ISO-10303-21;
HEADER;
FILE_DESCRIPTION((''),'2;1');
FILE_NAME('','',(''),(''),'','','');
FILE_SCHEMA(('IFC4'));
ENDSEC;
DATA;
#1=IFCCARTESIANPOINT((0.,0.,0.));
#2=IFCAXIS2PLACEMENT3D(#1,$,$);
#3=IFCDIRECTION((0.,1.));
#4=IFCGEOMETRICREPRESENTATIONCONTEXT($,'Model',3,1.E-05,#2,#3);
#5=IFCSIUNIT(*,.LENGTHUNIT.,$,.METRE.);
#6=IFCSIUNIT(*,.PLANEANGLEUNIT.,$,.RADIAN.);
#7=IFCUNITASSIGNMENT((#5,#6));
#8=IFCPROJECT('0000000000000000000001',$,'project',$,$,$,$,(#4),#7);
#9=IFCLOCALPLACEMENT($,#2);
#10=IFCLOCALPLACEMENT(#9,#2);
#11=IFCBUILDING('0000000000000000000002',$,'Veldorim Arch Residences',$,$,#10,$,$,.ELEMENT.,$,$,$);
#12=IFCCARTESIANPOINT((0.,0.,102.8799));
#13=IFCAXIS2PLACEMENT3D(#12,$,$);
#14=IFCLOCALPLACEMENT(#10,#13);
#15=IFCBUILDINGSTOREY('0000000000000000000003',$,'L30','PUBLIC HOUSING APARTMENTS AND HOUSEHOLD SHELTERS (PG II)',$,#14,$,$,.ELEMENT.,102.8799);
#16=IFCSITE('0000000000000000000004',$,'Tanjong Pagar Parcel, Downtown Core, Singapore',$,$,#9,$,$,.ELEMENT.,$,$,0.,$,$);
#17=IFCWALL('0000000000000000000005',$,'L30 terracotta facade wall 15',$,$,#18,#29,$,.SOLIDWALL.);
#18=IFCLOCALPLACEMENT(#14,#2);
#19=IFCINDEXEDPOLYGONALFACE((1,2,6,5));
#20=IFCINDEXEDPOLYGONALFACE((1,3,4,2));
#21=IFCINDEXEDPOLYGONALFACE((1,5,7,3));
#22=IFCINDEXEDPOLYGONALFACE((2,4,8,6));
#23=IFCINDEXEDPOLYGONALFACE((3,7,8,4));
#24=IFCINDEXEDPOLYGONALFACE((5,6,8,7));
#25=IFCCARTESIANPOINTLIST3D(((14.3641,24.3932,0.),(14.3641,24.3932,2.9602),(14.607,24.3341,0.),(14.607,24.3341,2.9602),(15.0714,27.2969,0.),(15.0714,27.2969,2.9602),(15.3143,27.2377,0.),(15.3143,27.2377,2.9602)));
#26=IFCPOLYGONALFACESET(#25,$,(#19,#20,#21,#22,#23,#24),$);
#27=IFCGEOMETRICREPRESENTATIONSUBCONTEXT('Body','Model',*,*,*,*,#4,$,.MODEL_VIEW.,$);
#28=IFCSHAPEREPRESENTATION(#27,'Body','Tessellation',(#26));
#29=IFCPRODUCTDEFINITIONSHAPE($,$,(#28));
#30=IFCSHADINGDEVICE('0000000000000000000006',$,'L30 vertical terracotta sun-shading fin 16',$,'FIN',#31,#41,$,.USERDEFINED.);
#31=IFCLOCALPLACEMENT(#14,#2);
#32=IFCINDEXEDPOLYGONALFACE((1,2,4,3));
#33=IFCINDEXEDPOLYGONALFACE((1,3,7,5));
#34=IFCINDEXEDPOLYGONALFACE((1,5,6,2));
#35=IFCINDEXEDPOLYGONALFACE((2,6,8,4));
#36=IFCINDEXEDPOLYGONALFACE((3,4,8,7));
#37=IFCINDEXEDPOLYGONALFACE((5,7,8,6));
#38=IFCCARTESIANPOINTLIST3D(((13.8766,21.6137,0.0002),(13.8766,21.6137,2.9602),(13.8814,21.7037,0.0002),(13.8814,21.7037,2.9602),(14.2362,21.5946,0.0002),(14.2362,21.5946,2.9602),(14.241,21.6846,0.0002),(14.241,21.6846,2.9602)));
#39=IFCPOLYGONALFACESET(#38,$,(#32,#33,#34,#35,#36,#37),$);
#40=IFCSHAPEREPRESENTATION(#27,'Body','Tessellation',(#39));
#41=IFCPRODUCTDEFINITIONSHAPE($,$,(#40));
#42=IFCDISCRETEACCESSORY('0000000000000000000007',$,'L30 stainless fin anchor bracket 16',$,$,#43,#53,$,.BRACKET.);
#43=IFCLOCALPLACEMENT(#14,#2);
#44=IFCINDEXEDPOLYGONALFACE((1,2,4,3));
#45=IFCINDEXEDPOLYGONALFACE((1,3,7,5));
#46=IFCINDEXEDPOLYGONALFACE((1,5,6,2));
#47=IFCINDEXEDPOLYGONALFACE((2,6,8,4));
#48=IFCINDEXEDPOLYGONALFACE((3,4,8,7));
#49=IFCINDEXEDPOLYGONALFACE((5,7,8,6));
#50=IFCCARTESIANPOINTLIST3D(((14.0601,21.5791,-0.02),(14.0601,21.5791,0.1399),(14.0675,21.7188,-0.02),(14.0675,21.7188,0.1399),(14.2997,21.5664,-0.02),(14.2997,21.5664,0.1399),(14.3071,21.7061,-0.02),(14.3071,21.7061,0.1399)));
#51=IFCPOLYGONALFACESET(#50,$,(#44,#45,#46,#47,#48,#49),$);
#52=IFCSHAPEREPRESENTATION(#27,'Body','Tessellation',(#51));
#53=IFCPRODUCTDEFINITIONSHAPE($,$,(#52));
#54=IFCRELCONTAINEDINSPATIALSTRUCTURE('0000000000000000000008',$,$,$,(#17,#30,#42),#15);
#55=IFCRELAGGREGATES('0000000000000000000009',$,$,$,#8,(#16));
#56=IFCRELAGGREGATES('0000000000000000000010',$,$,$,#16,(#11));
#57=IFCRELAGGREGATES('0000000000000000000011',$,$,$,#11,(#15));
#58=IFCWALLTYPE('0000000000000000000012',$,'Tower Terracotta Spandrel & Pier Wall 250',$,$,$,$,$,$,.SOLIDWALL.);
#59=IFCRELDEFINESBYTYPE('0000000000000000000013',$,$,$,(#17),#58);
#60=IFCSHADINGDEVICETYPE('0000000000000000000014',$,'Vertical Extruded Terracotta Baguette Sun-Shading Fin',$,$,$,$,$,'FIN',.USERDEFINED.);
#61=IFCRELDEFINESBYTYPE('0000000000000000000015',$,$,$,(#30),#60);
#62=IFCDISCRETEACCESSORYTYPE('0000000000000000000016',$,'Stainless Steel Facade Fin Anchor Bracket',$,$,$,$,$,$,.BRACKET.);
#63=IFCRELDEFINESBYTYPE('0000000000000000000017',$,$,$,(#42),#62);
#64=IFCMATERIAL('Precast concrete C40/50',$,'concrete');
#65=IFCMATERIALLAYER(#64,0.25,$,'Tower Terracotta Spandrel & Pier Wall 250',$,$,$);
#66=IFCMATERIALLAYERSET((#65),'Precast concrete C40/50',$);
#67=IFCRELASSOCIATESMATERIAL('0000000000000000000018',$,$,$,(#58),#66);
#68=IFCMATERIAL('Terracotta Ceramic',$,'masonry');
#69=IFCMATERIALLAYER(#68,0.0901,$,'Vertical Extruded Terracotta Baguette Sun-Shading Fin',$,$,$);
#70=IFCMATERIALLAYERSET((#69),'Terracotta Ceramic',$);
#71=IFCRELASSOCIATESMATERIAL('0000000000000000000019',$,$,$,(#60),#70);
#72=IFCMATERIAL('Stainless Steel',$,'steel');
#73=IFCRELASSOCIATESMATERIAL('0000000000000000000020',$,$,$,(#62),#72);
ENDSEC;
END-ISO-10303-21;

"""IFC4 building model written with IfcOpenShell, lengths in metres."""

from ifc_helpers import new_model, si_unit, direction, frame, frame_2d, origin, origin_2d, place, context, subcontext, project, spatial, rectangle, extrude, material, layer, layer_set, type_object, element, save


model = new_model("IFC4")

# Units and contexts
model_context = context("Model", 3, precision=1e-05, world=origin(), true_north=direction((0.0, 1.0)))
body_context = subcontext(model_context, "Body", "Model", "MODEL_VIEW")
ifc_project = project(units=[si_unit("LENGTHUNIT", "METRE"), si_unit("PLANEANGLEUNIT", "RADIAN")], contexts=[model_context])

# Site, building, storey
site_placement = place(None, origin())
site = spatial("IfcSite", under=ifc_project, at=site_placement, Name="Tanjong Pagar Parcel, Downtown Core, Singapore", CompositionType="ELEMENT", RefElevation=0.0)
building_placement = place(site_placement, origin())
building = spatial("IfcBuilding", under=site, at=building_placement, Name="Veldorim Arch Residences", CompositionType="ELEMENT")
storey_placement = place(building_placement, frame((0.0, 0.0, 102.8799)))
storey = spatial("IfcBuildingStorey", under=building, at=storey_placement, Name="L30", Description="PUBLIC HOUSING APARTMENTS AND HOUSEHOLD SHELTERS (PG II)", CompositionType="ELEMENT", Elevation=102.8799)

# Shared definitions
ifc_material_1 = material(Name="Precast concrete C40/50", Category="concrete")
ifc_layer_1 = layer(ifc_material_1, 0.25, Name="Tower Terracotta Spandrel & Pier Wall 250")
ifc_layer_set_1 = layer_set([ifc_layer_1], Name="Precast concrete C40/50")
wall_type_1 = type_object("IfcWallType", Name="Tower Terracotta Spandrel & Pier Wall 250", PredefinedType="SOLIDWALL", material=ifc_layer_set_1)

# Wall
wall_1_placement = place(storey_placement, frame((14.4856, 24.3638, 0.0), z_axis=(0.0, 0.0, 1.0), x_axis=(0.236668, 0.97159, 0.0)))
element("IfcWall", 1, at=wall_1_placement, inside=storey, type_object=wall_type_1, Name="L30 terracotta facade wall 15", PredefinedType="SOLIDWALL", context=body_context, shape_type="SweptSolid", body=[
    extrude(rectangle(XDim=2.9885, YDim=0.25, at=frame_2d((1.4941, 0.0))), origin(), (0.0, 0.0, 1.0), 2.9602),
])

# Shading device
ifc_material_2 = material(Name="Terracotta Ceramic", Category="masonry")
ifc_layer_2 = layer(ifc_material_2, 0.0901, Name="Vertical Extruded Terracotta Baguette Sun-Shading Fin")
ifc_layer_set_2 = layer_set([ifc_layer_2], Name="Terracotta Ceramic")
shading_device_type = type_object("IfcShadingDeviceType", Name="Vertical Extruded Terracotta Baguette Sun-Shading Fin", ElementType="FIN", PredefinedType="USERDEFINED", material=ifc_layer_set_2)
shading_device_placement = place(storey_placement, frame((14.0588, 21.6492, 0.0002), z_axis=(0.0, 0.0, 1.0), x_axis=(0.053033, 0.998593, 0.0)))
element("IfcShadingDevice", 2, at=shading_device_placement, inside=storey, type_object=shading_device_type, Name="L30 vertical terracotta sun-shading fin 16", ObjectType="FIN", PredefinedType="USERDEFINED", context=body_context, shape_type="SweptSolid", body=[
    extrude(rectangle(XDim=0.0901, YDim=0.3601, at=origin_2d()), origin(), (0.0, 0.0, 1.0), 2.96),
])

# Discrete accessory
ifc_material_3 = material(Name="Stainless Steel", Category="steel")
discrete_accessory_type = type_object("IfcDiscreteAccessoryType", Name="Stainless Steel Facade Fin Anchor Bracket", PredefinedType="BRACKET", material=ifc_material_3)
discrete_accessory_placement = place(storey_placement, frame((14.1836, 21.6426, -0.02), z_axis=(0.0, 0.0, 1.0), x_axis=(0.053033, 0.998593, 0.0)))
element("IfcDiscreteAccessory", 3, at=discrete_accessory_placement, inside=storey, type_object=discrete_accessory_type, Name="L30 stainless fin anchor bracket 16", PredefinedType="BRACKET", context=body_context, shape_type="SweptSolid", body=[
    extrude(rectangle(XDim=0.1399, YDim=0.24, at=origin_2d()), origin(), (0.0, 0.0, 1.0), 0.1599),
])

save(model, "model.ifc")
